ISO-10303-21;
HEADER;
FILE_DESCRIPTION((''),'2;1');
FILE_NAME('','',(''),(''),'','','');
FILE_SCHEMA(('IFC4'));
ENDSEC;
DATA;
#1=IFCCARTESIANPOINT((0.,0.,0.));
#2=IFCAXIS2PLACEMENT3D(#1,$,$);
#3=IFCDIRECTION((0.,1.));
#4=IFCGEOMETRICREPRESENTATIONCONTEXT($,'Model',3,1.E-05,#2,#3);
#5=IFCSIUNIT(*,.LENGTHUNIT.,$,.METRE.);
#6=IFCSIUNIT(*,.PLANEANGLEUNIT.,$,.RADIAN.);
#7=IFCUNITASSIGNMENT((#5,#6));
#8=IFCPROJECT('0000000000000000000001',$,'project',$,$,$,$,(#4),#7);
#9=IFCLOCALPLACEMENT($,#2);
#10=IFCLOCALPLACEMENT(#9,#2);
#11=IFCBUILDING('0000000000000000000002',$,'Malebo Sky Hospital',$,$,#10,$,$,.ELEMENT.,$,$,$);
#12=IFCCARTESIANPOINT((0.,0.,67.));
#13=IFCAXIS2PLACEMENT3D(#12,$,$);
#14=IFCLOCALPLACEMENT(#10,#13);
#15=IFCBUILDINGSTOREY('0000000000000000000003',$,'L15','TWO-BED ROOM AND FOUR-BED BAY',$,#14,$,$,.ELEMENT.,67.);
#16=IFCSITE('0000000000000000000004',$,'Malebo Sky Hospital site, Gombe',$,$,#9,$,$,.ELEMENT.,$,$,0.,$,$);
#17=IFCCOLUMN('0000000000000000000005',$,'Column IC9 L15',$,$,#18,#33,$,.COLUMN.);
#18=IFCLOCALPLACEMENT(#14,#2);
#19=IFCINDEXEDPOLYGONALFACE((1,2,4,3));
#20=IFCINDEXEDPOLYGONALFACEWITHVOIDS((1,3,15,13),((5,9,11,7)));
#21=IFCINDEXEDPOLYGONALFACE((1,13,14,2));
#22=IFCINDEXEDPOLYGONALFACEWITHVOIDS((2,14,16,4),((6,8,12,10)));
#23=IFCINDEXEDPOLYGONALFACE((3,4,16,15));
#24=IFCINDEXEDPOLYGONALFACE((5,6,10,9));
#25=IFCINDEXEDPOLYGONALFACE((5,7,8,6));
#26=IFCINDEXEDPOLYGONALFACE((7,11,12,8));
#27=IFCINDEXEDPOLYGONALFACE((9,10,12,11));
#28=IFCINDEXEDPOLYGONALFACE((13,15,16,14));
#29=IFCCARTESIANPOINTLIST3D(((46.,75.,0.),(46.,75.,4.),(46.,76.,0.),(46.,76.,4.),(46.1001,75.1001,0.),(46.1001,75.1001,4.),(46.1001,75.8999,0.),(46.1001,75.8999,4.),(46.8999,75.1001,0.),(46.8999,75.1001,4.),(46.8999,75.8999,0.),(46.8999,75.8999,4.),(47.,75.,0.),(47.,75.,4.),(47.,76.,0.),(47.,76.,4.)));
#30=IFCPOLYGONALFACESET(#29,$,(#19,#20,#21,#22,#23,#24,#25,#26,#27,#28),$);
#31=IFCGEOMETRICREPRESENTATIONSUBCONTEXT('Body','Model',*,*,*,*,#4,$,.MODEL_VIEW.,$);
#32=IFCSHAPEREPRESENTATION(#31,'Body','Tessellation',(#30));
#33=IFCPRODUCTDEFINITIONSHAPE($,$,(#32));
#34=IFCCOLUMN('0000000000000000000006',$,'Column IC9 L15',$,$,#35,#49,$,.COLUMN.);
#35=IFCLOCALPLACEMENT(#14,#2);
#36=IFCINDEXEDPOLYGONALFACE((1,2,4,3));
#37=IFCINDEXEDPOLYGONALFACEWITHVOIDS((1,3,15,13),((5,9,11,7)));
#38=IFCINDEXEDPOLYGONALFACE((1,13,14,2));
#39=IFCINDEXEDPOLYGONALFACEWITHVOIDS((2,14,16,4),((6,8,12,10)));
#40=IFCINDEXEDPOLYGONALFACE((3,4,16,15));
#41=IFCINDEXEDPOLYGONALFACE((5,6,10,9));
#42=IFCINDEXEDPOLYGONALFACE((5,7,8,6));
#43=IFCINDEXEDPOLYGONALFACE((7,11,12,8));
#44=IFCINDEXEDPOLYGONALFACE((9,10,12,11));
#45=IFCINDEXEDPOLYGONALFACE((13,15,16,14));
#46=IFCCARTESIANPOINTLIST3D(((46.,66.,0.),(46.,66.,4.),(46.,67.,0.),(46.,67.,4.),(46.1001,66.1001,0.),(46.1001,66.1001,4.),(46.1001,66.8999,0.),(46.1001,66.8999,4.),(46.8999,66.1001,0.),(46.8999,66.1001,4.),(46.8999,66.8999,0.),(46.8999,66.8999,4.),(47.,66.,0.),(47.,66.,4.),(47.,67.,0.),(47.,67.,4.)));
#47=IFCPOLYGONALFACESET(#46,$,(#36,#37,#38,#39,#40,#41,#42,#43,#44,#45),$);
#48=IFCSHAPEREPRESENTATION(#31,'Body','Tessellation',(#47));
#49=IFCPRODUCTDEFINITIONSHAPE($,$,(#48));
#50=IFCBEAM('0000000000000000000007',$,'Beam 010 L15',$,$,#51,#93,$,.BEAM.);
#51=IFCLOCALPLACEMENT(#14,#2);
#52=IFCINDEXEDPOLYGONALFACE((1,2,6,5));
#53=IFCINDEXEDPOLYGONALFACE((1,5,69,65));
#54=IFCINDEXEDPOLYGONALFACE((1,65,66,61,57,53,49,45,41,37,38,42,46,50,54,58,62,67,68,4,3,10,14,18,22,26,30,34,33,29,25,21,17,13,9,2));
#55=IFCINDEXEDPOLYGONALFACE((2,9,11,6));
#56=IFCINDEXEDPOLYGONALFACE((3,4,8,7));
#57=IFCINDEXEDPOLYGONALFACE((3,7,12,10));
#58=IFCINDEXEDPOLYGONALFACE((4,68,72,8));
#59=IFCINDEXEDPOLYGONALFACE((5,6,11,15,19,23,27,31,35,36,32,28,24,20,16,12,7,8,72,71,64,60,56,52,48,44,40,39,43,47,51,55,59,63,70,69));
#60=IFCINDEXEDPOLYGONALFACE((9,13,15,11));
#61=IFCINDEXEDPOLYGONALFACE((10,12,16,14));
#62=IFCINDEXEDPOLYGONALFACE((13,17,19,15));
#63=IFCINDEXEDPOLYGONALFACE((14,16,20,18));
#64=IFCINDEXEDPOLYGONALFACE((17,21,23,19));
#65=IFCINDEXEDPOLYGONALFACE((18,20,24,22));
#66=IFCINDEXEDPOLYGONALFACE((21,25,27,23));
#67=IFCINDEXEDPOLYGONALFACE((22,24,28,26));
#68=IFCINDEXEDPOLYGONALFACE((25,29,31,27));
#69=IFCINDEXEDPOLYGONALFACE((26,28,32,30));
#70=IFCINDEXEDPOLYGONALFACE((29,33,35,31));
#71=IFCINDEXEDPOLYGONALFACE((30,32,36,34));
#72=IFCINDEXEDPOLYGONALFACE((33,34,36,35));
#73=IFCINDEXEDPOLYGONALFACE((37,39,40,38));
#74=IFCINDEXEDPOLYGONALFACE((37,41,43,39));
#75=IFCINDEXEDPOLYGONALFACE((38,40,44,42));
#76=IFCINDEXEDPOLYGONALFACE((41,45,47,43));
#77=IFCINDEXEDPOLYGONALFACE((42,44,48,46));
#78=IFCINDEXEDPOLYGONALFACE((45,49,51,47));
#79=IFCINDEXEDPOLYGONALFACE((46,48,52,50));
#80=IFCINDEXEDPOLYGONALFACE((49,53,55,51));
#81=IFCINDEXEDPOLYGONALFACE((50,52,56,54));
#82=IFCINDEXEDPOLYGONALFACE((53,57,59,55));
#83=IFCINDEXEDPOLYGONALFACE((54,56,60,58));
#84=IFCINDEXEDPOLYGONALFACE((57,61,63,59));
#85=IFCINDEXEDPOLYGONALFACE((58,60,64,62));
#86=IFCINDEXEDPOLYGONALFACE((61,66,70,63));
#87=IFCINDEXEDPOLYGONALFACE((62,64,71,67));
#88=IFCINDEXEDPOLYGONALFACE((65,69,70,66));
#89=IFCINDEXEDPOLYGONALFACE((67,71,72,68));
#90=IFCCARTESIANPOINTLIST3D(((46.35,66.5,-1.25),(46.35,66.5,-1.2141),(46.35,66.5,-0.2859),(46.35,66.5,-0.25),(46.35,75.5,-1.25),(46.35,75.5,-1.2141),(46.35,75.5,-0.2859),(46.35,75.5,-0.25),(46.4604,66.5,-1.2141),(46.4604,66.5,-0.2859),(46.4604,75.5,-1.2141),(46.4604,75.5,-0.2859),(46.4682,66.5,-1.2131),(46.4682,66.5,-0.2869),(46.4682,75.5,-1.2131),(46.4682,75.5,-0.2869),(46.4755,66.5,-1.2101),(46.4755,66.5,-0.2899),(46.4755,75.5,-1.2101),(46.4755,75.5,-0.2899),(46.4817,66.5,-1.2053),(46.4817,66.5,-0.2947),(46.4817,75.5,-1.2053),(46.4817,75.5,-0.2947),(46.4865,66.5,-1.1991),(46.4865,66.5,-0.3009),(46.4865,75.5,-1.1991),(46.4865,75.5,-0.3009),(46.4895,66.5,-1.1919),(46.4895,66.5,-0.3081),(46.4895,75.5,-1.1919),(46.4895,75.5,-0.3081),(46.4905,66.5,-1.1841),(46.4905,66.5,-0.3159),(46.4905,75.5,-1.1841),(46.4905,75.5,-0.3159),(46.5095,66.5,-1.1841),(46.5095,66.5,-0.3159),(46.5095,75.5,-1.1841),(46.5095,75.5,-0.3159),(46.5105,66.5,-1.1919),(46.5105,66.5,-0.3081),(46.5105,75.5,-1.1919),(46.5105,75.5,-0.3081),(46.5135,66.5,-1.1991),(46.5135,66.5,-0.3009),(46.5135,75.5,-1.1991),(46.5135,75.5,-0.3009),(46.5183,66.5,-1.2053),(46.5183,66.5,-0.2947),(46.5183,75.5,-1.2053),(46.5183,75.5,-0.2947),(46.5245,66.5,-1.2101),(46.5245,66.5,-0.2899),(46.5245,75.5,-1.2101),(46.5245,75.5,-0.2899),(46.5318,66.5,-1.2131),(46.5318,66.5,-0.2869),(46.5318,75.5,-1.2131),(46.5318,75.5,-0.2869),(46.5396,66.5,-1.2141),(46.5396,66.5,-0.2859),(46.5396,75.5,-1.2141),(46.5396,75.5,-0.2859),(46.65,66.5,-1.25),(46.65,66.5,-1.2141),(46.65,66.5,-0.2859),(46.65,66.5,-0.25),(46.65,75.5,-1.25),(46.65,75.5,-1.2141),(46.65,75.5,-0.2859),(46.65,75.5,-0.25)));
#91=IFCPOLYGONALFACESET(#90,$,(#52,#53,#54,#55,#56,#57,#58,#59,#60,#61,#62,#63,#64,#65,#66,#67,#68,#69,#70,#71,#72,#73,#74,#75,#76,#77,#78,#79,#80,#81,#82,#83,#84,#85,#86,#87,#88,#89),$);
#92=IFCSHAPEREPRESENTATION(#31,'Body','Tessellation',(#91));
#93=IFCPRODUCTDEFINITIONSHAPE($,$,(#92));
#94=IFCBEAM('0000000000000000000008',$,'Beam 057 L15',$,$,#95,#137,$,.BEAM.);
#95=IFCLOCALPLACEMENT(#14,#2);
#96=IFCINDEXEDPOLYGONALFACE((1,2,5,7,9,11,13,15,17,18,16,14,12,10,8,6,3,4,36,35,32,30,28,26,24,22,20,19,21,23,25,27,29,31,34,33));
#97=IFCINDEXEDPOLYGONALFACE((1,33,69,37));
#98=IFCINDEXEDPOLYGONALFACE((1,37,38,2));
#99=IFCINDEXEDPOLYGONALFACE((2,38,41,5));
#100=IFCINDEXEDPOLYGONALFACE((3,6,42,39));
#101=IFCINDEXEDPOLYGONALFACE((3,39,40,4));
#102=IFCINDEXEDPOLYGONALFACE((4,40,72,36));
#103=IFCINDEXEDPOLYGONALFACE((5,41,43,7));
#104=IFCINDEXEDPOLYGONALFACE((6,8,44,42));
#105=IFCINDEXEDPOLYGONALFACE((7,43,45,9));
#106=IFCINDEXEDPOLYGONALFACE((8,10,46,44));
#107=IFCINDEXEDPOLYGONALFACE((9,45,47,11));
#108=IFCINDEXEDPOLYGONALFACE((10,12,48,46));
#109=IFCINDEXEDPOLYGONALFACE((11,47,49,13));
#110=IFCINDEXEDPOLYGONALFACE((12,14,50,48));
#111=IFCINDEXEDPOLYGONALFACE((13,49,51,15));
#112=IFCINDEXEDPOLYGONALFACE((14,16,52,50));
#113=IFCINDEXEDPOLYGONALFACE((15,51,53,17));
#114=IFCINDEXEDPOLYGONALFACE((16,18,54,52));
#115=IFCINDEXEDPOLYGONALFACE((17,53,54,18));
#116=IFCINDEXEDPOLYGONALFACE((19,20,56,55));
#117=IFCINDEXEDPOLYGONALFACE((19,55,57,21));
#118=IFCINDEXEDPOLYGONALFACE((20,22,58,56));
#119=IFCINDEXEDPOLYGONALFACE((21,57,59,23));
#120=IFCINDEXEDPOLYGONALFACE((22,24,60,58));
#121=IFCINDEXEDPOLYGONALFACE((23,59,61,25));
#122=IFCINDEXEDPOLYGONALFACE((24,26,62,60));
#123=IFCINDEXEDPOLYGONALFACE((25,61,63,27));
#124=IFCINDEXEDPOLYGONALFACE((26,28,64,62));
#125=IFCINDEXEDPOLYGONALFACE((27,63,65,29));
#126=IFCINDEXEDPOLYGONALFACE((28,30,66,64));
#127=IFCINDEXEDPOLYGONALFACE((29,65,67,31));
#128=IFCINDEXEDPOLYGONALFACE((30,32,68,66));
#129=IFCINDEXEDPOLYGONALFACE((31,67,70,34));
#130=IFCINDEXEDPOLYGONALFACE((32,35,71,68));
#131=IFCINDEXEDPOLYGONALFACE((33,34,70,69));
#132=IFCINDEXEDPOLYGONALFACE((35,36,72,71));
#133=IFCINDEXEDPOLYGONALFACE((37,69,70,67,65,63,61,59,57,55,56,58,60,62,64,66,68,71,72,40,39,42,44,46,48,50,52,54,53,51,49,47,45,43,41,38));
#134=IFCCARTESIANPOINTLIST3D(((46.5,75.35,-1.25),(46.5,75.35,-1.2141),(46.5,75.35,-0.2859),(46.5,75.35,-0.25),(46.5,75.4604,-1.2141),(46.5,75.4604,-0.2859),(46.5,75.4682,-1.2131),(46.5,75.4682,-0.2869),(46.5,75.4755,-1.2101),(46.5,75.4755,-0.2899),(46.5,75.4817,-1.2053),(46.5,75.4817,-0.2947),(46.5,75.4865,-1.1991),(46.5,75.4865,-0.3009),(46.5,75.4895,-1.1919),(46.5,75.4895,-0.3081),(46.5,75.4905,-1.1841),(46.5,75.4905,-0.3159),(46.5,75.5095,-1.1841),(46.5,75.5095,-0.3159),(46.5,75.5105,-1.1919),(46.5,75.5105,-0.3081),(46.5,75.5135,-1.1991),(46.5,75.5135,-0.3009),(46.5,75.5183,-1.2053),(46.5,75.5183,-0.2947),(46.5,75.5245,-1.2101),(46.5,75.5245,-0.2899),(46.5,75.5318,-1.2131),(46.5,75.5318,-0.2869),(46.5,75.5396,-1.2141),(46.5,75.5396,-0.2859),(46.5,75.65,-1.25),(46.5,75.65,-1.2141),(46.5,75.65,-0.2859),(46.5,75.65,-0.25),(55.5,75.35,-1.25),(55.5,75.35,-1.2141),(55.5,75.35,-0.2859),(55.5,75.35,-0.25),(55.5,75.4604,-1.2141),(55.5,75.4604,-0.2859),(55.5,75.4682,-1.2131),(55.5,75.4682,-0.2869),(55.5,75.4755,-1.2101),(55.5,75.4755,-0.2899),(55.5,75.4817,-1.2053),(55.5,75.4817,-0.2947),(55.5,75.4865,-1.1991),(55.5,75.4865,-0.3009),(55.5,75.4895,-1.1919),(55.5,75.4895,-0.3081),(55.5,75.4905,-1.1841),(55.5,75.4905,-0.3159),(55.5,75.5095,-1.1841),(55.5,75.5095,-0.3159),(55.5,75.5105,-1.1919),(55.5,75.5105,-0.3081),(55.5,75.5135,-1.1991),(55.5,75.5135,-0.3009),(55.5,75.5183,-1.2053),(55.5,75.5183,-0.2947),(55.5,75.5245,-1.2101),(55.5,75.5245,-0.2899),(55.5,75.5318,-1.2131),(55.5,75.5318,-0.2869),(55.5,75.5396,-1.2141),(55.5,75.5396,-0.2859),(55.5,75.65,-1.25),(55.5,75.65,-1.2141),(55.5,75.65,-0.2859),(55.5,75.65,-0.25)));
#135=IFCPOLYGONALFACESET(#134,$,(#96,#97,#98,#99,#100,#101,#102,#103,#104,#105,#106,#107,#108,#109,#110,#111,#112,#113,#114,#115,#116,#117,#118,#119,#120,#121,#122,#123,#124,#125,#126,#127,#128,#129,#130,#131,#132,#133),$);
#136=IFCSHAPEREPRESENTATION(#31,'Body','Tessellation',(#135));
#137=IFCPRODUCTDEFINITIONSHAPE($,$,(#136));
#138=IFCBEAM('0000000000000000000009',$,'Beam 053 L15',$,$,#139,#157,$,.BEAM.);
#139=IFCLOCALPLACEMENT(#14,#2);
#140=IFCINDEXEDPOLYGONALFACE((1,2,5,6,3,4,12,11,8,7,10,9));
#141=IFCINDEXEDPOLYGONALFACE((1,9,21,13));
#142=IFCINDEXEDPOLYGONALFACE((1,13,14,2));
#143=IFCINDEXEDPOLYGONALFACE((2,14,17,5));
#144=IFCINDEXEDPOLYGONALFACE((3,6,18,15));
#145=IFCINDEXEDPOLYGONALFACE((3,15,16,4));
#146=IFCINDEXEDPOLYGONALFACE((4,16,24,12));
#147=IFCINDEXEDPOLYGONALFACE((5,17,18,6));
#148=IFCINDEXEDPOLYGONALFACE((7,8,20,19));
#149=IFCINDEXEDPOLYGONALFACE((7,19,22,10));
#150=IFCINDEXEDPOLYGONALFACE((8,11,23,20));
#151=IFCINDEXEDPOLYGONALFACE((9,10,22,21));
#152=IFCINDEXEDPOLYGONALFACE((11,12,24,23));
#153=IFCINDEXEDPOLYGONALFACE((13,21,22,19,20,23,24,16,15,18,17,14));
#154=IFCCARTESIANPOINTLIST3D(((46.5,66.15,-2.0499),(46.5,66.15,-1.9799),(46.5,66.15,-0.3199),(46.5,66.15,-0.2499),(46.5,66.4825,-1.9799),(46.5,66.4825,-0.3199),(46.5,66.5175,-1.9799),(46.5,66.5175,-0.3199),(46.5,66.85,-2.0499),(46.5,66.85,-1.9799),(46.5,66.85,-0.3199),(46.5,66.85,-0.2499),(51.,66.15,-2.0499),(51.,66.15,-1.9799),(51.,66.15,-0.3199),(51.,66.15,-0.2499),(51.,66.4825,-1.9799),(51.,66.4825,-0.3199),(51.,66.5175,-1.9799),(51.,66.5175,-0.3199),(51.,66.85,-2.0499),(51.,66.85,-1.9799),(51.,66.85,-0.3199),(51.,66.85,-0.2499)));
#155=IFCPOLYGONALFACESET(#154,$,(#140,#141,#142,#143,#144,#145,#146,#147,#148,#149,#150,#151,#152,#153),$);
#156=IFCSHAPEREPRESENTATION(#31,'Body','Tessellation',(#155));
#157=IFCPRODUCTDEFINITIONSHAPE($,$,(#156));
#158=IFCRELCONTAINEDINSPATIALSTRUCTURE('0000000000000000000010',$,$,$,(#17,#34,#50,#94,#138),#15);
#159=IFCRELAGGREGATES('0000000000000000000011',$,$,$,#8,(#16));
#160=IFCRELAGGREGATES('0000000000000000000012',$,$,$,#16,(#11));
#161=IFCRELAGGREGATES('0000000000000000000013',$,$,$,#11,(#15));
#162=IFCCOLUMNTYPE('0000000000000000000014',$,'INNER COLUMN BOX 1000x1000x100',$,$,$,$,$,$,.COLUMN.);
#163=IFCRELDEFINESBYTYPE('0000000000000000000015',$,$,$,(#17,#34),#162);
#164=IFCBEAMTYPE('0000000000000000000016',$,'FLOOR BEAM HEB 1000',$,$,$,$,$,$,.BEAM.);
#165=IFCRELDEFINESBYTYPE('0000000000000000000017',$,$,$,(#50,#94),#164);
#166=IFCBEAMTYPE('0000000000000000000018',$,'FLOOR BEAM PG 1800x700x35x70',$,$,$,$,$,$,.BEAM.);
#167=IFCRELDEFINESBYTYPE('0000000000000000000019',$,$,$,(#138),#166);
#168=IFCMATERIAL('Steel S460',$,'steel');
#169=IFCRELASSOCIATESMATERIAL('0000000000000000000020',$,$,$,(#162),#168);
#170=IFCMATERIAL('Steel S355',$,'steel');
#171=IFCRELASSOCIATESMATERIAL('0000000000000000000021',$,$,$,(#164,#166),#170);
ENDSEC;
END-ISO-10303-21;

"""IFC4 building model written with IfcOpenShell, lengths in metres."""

from ifc_helpers import new_model, si_unit, direction, frame, origin, origin_2d, place, context, subcontext, project, spatial, hollow_rectangle, i_section, extrude, material, material_profile, profile_set, type_object, element, save


model = new_model("IFC4")

# Units and contexts
model_context = context("Model", 3, precision=1e-05, world=origin(), true_north=direction((0.0, 1.0)))
body_context = subcontext(model_context, "Body", "Model", "MODEL_VIEW")
ifc_project = project(units=[si_unit("LENGTHUNIT", "METRE"), si_unit("PLANEANGLEUNIT", "RADIAN")], contexts=[model_context])

# Site, building, storey
site_placement = place(None, origin())
site = spatial("IfcSite", under=ifc_project, at=site_placement, Name="Malebo Sky Hospital site, Gombe", CompositionType="ELEMENT", RefElevation=0.0)
building_placement = place(site_placement, origin())
building = spatial("IfcBuilding", under=site, at=building_placement, Name="Malebo Sky Hospital", CompositionType="ELEMENT")
storey_placement = place(building_placement, frame((0.0, 0.0, 67.0)))
storey = spatial("IfcBuildingStorey", under=building, at=storey_placement, Name="L15", Description="TWO-BED ROOM AND FOUR-BED BAY", CompositionType="ELEMENT", Elevation=67.0)

# Columns
ifc_material_1 = material(Name="Steel S460", Category="steel")
ifc_material_profile_1 = material_profile(ifc_material_1, hollow_rectangle(XDim=1.0, YDim=1.0, WallThickness=0.1001, at=origin_2d()), Name="BOX 1000x1000x100")
ifc_profile_set_1 = profile_set([ifc_material_profile_1], Name="Steel S460")
column_type = type_object("IfcColumnType", Name="INNER COLUMN BOX 1000x1000x100", PredefinedType="COLUMN", material=ifc_profile_set_1)
for number, where, z_axis, x_axis, name in (
    (1, (46.5, 75.5, 0.0), (0.0, 0.0, 1.0), (1.0, 0.0, 0.0), "Column IC9 L15"),
    (2, (46.5, 66.5, 0.0), (0.0, 0.0, 1.0), (1.0, 0.0, 0.0), "Column IC9 L15"),
):
    element("IfcColumn", number, at=place(storey_placement, frame(where, z_axis=z_axis, x_axis=x_axis)), inside=storey, type_object=column_type, Name=name, PredefinedType="COLUMN", context=body_context, shape_type="SweptSolid", body=[
        extrude(hollow_rectangle(XDim=1.0, YDim=1.0, WallThickness=0.1001, at=origin_2d()), origin(), (0.0, 0.0, 1.0), 4.0),
    ])

# Beams
ifc_material_2 = material(Name="Steel S355", Category="steel")
ifc_material_profile_2 = material_profile(ifc_material_2, i_section(OverallWidth=0.3, OverallDepth=1.0, WebThickness=0.019, FlangeThickness=0.0359, FilletRadius=0.03, at=origin_2d()), Name="HEB 1000")
ifc_profile_set_2 = profile_set([ifc_material_profile_2], Name="Steel S355")
beam_type_1 = type_object("IfcBeamType", Name="FLOOR BEAM HEB 1000", PredefinedType="BEAM", material=ifc_profile_set_2)
for number, where, z_axis, x_axis, name in (
    (3, (46.5, 66.5, -0.75), (0.0, 1.0, 0.0), (-1.0, 0.0, 0.0), "Beam 010 L15"),
    (4, (46.5, 75.5, -0.75), (1.0, 0.0, 0.0), (0.0, 1.0, 0.0), "Beam 057 L15"),
):
    element("IfcBeam", number, at=place(storey_placement, frame(where, z_axis=z_axis, x_axis=x_axis)), inside=storey, type_object=beam_type_1, Name=name, PredefinedType="BEAM", context=body_context, shape_type="SweptSolid", body=[
        extrude(i_section(OverallWidth=0.3, OverallDepth=1.0, WebThickness=0.019, FlangeThickness=0.0359, FilletRadius=0.03, at=origin_2d()), origin(), (0.0, 0.0, 1.0), 9.0),
    ])
ifc_material_profile_3 = material_profile(ifc_material_2, i_section(OverallWidth=0.7, OverallDepth=1.8, WebThickness=0.0349, FlangeThickness=0.0701, at=origin_2d()), Name="PG 1800x700x35x70")
ifc_profile_set_3 = profile_set([ifc_material_profile_3], Name="Steel S355")
beam_type_2 = type_object("IfcBeamType", Name="FLOOR BEAM PG 1800x700x35x70", PredefinedType="BEAM", material=ifc_profile_set_3)
beam_1_placement = place(storey_placement, frame((46.5, 66.5, -1.1499), z_axis=(1.0, 0.0, 0.0), x_axis=(0.0, 1.0, 0.0)))
element("IfcBeam", 5, at=beam_1_placement, inside=storey, type_object=beam_type_2, Name="Beam 053 L15", PredefinedType="BEAM", context=body_context, shape_type="SweptSolid", body=[
    extrude(i_section(OverallWidth=0.7, OverallDepth=1.8, WebThickness=0.0349, FlangeThickness=0.0701, at=origin_2d()), origin(), (0.0, 0.0, 1.0), 4.5),
])

save(model, "model.ifc")
